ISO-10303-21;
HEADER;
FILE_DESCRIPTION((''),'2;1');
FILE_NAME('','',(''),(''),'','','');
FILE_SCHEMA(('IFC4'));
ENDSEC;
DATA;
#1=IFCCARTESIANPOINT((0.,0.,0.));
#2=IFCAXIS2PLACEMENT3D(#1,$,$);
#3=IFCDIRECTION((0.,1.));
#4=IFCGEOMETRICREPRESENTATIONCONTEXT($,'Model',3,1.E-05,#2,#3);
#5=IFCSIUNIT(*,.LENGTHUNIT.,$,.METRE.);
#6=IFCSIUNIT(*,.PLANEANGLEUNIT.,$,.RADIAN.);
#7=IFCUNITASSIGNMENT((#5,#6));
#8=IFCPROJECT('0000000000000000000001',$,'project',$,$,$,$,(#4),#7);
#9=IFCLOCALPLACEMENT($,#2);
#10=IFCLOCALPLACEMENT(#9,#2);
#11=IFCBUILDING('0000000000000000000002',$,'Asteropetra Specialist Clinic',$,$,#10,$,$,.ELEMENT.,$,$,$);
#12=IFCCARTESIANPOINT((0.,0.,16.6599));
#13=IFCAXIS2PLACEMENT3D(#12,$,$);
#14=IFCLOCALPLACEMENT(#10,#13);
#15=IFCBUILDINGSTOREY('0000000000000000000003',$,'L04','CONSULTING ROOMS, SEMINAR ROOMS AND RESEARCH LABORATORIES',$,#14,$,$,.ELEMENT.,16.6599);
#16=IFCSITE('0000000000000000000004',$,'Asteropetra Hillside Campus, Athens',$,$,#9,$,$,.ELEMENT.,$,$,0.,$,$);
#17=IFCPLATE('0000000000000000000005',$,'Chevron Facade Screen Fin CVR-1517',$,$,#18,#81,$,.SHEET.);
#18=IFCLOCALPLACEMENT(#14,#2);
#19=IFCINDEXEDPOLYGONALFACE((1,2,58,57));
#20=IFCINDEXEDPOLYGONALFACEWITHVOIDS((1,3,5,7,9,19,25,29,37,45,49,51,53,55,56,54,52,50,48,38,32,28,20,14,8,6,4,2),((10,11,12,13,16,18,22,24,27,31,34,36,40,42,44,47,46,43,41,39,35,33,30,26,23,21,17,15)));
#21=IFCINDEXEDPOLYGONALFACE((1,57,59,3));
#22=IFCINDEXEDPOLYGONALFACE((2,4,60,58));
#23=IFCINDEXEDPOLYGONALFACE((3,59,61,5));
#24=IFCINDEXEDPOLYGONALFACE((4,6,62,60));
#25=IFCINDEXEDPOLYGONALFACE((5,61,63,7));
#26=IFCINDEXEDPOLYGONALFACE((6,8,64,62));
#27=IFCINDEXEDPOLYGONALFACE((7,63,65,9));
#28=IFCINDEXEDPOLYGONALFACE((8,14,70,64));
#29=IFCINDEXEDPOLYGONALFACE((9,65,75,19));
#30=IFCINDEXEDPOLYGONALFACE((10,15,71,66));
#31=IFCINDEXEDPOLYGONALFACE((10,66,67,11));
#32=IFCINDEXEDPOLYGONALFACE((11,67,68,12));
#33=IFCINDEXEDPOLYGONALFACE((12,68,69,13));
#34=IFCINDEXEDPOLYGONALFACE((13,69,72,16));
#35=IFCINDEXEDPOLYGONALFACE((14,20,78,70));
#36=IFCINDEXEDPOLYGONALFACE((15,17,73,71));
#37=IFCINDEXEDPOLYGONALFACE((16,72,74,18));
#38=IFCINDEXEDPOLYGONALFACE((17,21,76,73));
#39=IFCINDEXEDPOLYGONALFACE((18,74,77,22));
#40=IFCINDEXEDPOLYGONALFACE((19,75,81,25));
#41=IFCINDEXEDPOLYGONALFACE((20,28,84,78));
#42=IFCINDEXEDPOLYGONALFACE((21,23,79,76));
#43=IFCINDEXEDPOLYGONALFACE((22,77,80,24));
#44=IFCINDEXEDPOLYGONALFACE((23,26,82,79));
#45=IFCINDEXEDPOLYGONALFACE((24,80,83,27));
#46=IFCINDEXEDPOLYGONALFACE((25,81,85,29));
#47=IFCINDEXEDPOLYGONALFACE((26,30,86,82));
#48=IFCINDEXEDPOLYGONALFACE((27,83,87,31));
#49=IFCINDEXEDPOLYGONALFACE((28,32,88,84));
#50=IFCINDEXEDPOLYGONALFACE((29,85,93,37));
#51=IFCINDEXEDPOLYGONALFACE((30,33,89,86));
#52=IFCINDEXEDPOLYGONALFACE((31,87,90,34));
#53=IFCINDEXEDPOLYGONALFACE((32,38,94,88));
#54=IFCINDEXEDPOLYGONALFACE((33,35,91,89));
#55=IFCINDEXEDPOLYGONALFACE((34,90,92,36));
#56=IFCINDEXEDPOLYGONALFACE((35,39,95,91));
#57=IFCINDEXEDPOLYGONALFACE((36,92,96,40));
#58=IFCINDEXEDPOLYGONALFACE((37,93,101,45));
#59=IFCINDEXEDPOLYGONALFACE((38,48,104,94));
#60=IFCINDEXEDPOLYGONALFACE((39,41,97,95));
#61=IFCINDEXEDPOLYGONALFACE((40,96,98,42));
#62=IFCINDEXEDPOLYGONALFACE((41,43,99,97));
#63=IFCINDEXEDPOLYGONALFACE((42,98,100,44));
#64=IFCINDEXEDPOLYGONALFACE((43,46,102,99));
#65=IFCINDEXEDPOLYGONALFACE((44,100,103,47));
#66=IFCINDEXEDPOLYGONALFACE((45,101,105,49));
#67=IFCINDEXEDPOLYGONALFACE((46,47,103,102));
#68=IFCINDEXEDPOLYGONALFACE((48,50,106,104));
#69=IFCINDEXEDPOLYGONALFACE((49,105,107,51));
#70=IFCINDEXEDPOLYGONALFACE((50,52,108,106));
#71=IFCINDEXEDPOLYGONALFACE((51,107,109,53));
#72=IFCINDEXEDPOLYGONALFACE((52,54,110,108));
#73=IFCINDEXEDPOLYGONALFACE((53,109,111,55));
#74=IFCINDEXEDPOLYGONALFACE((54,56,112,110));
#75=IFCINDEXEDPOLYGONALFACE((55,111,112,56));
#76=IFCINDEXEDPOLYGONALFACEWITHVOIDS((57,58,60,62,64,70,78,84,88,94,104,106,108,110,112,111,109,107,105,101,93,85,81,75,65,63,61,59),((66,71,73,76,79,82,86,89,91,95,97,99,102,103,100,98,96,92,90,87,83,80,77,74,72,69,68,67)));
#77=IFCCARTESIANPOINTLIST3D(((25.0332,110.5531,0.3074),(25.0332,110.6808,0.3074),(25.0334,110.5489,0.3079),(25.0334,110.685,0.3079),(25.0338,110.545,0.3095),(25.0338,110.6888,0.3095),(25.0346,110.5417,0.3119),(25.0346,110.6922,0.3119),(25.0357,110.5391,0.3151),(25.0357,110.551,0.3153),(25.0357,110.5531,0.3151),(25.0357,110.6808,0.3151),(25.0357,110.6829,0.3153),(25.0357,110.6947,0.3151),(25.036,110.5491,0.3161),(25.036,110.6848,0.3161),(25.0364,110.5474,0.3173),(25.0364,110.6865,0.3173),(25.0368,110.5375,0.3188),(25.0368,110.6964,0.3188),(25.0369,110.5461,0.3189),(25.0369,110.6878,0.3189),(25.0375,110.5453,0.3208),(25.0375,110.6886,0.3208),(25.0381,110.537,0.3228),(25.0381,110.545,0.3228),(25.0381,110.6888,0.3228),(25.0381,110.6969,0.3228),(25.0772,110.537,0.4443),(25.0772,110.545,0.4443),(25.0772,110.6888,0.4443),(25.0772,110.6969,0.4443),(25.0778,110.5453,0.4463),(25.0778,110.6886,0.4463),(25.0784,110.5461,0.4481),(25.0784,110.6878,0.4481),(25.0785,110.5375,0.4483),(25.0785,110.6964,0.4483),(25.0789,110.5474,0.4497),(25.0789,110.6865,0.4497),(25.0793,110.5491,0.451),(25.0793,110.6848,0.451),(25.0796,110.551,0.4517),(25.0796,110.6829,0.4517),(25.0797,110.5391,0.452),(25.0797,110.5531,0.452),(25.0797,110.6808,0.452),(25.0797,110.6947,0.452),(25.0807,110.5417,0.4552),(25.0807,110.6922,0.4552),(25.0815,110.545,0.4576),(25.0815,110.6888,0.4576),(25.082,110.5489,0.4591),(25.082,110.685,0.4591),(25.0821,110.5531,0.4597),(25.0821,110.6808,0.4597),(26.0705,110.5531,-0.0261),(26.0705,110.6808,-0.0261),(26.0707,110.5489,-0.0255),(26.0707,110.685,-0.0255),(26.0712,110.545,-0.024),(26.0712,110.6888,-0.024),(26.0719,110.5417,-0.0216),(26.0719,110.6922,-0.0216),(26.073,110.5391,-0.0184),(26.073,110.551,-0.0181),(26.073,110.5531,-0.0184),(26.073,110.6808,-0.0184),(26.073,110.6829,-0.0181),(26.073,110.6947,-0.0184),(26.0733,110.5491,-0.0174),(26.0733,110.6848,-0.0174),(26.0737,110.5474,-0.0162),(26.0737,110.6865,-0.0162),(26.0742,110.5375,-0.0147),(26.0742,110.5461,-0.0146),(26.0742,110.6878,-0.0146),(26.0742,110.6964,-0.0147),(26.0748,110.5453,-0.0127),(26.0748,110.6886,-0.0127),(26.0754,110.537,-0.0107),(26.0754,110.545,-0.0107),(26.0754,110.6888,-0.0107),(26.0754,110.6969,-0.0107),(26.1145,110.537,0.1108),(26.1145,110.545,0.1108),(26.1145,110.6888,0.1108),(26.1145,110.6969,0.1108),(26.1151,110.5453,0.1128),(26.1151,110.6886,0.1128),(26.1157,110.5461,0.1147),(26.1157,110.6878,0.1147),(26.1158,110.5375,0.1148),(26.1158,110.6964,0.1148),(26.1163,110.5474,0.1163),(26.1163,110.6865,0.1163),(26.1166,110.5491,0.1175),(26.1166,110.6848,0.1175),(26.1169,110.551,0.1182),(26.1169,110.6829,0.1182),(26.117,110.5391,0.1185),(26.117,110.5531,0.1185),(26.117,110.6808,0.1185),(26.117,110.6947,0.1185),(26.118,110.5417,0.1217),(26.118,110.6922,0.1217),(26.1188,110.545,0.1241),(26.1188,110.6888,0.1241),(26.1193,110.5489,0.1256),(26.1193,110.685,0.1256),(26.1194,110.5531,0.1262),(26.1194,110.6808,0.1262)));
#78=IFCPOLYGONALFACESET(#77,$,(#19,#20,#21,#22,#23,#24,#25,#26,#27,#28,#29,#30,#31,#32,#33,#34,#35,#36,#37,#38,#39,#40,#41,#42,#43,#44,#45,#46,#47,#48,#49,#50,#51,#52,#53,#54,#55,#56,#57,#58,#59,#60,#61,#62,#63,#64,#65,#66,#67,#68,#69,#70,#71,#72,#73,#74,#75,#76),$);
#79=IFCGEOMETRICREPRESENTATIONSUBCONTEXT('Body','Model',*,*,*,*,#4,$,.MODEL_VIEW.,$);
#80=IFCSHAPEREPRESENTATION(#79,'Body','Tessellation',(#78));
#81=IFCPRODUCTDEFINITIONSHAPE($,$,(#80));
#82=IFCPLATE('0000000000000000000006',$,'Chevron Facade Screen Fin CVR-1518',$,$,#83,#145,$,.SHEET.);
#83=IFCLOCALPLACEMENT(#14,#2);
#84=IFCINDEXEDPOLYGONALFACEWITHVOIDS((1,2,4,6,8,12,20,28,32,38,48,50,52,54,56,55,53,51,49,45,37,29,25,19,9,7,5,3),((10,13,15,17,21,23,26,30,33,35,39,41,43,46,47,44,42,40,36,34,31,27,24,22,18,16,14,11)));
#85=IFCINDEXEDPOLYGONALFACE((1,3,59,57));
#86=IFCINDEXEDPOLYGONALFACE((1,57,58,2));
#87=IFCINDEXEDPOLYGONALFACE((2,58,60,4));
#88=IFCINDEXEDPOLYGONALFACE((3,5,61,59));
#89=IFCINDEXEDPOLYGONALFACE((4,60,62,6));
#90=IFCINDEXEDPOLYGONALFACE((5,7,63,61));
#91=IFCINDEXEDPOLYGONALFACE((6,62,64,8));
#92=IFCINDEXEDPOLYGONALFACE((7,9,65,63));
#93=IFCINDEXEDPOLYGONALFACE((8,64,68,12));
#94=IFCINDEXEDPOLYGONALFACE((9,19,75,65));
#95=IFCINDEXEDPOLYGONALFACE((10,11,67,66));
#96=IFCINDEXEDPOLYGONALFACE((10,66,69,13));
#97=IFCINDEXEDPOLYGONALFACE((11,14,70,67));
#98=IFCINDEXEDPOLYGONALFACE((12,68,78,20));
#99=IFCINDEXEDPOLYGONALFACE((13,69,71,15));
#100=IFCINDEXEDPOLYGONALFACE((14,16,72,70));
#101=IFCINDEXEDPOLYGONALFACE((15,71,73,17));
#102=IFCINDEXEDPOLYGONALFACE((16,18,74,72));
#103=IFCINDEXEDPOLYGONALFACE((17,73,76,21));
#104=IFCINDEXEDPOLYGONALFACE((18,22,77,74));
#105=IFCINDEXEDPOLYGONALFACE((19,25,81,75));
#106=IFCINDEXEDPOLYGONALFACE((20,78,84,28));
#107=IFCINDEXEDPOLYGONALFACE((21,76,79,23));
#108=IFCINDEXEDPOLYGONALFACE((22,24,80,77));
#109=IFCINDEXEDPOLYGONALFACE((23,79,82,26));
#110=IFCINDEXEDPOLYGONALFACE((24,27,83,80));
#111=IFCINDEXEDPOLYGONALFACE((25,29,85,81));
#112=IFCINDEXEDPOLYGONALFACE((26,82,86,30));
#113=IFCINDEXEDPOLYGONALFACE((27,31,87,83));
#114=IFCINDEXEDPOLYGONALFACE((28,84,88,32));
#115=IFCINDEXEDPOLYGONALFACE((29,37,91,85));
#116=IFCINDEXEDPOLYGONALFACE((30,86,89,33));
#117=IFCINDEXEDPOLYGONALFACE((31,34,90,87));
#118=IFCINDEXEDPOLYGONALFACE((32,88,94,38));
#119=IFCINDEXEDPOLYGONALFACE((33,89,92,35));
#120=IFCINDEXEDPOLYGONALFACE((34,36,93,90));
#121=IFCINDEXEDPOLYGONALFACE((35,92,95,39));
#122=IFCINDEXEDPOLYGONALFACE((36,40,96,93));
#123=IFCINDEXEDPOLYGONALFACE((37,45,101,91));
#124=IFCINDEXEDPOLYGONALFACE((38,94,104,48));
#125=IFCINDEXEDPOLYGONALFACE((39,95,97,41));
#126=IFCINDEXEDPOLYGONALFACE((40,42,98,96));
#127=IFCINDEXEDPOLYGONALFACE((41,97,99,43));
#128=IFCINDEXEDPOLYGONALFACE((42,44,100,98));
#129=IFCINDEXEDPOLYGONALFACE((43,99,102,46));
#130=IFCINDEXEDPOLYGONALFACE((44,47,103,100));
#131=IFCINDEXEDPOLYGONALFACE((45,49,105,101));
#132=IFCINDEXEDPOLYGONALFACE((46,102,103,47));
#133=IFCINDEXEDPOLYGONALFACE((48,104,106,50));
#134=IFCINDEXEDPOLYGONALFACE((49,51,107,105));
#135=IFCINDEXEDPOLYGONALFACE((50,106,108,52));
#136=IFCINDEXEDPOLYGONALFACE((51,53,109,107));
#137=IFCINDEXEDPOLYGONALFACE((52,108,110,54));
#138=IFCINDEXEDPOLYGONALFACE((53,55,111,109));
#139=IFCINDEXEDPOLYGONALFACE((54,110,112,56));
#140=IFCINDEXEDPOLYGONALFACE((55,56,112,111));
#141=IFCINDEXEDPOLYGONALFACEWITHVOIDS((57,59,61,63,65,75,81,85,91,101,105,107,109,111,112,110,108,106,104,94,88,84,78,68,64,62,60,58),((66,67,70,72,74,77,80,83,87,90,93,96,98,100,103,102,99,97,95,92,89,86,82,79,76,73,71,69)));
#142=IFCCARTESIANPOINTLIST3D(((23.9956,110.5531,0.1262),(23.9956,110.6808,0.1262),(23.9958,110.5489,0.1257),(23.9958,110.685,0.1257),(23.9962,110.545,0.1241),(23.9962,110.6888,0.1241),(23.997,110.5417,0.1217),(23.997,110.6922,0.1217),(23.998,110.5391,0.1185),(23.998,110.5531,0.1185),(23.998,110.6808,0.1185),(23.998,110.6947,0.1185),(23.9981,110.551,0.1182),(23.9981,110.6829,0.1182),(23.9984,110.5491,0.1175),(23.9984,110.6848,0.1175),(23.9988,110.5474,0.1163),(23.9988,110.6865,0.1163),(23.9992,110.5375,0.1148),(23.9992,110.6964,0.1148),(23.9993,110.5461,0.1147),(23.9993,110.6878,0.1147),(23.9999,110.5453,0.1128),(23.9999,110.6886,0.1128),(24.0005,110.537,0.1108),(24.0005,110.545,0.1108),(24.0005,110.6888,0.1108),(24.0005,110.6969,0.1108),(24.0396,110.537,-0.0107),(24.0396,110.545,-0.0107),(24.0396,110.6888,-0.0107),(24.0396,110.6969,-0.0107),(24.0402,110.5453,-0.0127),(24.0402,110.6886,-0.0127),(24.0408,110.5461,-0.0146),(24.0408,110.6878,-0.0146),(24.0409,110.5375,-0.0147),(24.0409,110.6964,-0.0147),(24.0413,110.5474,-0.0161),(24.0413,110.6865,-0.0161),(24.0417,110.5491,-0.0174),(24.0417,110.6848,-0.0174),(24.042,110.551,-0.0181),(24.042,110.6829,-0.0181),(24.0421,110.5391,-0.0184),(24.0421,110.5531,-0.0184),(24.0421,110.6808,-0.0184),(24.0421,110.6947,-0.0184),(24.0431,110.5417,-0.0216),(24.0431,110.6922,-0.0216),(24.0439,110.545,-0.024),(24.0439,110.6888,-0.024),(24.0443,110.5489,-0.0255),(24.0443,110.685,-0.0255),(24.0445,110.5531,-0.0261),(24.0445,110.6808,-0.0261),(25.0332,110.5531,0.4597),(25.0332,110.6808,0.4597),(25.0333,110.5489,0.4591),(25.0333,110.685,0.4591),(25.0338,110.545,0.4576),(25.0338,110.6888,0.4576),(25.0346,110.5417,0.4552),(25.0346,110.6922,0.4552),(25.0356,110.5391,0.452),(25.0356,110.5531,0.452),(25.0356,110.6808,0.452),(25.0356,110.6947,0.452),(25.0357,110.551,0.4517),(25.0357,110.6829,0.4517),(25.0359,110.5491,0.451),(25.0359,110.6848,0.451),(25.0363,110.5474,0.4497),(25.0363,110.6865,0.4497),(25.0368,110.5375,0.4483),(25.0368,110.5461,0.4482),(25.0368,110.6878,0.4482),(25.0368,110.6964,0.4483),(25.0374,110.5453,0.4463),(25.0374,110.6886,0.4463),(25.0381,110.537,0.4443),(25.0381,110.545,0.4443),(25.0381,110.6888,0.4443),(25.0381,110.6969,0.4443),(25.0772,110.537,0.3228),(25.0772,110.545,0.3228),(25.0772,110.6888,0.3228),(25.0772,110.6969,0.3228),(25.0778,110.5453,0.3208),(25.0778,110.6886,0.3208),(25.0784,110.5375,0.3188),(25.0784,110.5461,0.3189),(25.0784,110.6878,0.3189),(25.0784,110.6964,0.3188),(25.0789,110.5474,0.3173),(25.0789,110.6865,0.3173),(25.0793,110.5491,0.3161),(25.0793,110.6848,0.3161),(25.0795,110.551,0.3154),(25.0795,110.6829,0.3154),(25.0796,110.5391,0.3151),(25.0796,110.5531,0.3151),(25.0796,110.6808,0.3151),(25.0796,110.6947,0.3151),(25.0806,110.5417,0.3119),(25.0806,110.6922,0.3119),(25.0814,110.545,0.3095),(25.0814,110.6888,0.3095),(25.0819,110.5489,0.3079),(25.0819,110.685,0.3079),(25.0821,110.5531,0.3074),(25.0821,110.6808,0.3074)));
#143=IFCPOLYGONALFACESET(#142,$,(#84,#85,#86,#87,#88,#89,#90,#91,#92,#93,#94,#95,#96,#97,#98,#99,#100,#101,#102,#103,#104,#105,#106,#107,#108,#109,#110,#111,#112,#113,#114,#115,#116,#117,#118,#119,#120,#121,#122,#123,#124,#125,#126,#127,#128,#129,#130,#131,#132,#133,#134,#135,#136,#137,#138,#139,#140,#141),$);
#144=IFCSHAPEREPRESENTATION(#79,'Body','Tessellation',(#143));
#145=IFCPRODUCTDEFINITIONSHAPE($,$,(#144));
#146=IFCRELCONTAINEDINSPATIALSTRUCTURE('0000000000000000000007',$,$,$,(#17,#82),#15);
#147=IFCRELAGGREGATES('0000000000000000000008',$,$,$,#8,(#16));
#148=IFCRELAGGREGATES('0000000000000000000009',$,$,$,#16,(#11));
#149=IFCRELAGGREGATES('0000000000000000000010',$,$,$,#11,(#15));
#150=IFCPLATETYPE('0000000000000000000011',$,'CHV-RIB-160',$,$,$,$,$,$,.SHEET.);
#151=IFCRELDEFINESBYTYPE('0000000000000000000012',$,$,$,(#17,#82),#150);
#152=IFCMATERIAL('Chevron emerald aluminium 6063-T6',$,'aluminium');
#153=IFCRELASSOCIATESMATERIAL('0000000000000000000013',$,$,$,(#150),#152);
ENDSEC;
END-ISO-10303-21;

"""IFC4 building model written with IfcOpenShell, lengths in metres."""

from ifc_helpers import new_model, si_unit, direction, frame, origin, origin_2d, place, context, subcontext, project, spatial, hollow_rectangle, extrude, material, material_profile, profile_set, type_object, element, save


model = new_model("IFC4")

# Units and contexts
model_context = context("Model", 3, precision=1e-05, world=origin(), true_north=direction((0.0, 1.0)))
body_context = subcontext(model_context, "Body", "Model", "MODEL_VIEW")
ifc_project = project(units=[si_unit("LENGTHUNIT", "METRE"), si_unit("PLANEANGLEUNIT", "RADIAN")], contexts=[model_context])

# Site, building, storey
site_placement = place(None, origin())
site = spatial("IfcSite", under=ifc_project, at=site_placement, Name="Asteropetra Hillside Campus, Athens", CompositionType="ELEMENT", RefElevation=0.0)
building_placement = place(site_placement, origin())
building = spatial("IfcBuilding", under=site, at=building_placement, Name="Asteropetra Specialist Clinic", CompositionType="ELEMENT")
storey_placement = place(building_placement, frame((0.0, 0.0, 16.6599)))
storey = spatial("IfcBuildingStorey", under=building, at=storey_placement, Name="L04", Description="CONSULTING ROOMS, SEMINAR ROOMS AND RESEARCH LABORATORIES", CompositionType="ELEMENT", Elevation=16.6599)

# Plates
ifc_material_1 = material(Name="Chevron emerald aluminium 6063-T6", Category="aluminium")
ifc_material_profile = material_profile(ifc_material_1, hollow_rectangle(XDim=0.1599, YDim=0.1599, WallThickness=0.0081, InnerFilletRadius=0.0081, OuterFilletRadius=0.0161, at=origin_2d()), Name="SHS 160x160x8.0")
ifc_profile_set = profile_set([ifc_material_profile], Name="Chevron emerald aluminium 6063-T6")
plate_type_1 = type_object("IfcPlateType", Name="CHV-RIB-160", PredefinedType="SHEET", material=ifc_profile_set)
plate_1_placement = place(storey_placement, frame((26.095, 110.6169, 0.05), z_axis=(-0.952012, 0.0, 0.30606), x_axis=(0.0, -1.0, 0.0)))
element("IfcPlate", 1, at=plate_1_placement, inside=storey, type_object=plate_type_1, Name="Chevron Facade Screen Fin CVR-1517", PredefinedType="SHEET", context=body_context, shape_type="SweptSolid", body=[
    extrude(hollow_rectangle(XDim=0.1599, YDim=0.1599, WallThickness=0.0081, InnerFilletRadius=0.0081, OuterFilletRadius=0.0161, at=origin_2d()), origin(), (0.0, 0.0, 1.0), 1.0896),
])
plate_2_placement = place(storey_placement, frame((25.0576, 110.6169, 0.3835), z_axis=(-0.952033, 0.0, -0.305995), x_axis=(0.0, -1.0, 0.0)))
element("IfcPlate", 2, at=plate_2_placement, inside=storey, type_object=plate_type_1, Name="Chevron Facade Screen Fin CVR-1518", PredefinedType="SHEET", context=body_context, shape_type="SweptSolid", body=[
    extrude(hollow_rectangle(XDim=0.1599, YDim=0.1599, WallThickness=0.0081, InnerFilletRadius=0.0081, OuterFilletRadius=0.0161, at=origin_2d()), origin(), (0.0, 0.0, 1.0), 1.0898),
])

save(model, "model.ifc")
